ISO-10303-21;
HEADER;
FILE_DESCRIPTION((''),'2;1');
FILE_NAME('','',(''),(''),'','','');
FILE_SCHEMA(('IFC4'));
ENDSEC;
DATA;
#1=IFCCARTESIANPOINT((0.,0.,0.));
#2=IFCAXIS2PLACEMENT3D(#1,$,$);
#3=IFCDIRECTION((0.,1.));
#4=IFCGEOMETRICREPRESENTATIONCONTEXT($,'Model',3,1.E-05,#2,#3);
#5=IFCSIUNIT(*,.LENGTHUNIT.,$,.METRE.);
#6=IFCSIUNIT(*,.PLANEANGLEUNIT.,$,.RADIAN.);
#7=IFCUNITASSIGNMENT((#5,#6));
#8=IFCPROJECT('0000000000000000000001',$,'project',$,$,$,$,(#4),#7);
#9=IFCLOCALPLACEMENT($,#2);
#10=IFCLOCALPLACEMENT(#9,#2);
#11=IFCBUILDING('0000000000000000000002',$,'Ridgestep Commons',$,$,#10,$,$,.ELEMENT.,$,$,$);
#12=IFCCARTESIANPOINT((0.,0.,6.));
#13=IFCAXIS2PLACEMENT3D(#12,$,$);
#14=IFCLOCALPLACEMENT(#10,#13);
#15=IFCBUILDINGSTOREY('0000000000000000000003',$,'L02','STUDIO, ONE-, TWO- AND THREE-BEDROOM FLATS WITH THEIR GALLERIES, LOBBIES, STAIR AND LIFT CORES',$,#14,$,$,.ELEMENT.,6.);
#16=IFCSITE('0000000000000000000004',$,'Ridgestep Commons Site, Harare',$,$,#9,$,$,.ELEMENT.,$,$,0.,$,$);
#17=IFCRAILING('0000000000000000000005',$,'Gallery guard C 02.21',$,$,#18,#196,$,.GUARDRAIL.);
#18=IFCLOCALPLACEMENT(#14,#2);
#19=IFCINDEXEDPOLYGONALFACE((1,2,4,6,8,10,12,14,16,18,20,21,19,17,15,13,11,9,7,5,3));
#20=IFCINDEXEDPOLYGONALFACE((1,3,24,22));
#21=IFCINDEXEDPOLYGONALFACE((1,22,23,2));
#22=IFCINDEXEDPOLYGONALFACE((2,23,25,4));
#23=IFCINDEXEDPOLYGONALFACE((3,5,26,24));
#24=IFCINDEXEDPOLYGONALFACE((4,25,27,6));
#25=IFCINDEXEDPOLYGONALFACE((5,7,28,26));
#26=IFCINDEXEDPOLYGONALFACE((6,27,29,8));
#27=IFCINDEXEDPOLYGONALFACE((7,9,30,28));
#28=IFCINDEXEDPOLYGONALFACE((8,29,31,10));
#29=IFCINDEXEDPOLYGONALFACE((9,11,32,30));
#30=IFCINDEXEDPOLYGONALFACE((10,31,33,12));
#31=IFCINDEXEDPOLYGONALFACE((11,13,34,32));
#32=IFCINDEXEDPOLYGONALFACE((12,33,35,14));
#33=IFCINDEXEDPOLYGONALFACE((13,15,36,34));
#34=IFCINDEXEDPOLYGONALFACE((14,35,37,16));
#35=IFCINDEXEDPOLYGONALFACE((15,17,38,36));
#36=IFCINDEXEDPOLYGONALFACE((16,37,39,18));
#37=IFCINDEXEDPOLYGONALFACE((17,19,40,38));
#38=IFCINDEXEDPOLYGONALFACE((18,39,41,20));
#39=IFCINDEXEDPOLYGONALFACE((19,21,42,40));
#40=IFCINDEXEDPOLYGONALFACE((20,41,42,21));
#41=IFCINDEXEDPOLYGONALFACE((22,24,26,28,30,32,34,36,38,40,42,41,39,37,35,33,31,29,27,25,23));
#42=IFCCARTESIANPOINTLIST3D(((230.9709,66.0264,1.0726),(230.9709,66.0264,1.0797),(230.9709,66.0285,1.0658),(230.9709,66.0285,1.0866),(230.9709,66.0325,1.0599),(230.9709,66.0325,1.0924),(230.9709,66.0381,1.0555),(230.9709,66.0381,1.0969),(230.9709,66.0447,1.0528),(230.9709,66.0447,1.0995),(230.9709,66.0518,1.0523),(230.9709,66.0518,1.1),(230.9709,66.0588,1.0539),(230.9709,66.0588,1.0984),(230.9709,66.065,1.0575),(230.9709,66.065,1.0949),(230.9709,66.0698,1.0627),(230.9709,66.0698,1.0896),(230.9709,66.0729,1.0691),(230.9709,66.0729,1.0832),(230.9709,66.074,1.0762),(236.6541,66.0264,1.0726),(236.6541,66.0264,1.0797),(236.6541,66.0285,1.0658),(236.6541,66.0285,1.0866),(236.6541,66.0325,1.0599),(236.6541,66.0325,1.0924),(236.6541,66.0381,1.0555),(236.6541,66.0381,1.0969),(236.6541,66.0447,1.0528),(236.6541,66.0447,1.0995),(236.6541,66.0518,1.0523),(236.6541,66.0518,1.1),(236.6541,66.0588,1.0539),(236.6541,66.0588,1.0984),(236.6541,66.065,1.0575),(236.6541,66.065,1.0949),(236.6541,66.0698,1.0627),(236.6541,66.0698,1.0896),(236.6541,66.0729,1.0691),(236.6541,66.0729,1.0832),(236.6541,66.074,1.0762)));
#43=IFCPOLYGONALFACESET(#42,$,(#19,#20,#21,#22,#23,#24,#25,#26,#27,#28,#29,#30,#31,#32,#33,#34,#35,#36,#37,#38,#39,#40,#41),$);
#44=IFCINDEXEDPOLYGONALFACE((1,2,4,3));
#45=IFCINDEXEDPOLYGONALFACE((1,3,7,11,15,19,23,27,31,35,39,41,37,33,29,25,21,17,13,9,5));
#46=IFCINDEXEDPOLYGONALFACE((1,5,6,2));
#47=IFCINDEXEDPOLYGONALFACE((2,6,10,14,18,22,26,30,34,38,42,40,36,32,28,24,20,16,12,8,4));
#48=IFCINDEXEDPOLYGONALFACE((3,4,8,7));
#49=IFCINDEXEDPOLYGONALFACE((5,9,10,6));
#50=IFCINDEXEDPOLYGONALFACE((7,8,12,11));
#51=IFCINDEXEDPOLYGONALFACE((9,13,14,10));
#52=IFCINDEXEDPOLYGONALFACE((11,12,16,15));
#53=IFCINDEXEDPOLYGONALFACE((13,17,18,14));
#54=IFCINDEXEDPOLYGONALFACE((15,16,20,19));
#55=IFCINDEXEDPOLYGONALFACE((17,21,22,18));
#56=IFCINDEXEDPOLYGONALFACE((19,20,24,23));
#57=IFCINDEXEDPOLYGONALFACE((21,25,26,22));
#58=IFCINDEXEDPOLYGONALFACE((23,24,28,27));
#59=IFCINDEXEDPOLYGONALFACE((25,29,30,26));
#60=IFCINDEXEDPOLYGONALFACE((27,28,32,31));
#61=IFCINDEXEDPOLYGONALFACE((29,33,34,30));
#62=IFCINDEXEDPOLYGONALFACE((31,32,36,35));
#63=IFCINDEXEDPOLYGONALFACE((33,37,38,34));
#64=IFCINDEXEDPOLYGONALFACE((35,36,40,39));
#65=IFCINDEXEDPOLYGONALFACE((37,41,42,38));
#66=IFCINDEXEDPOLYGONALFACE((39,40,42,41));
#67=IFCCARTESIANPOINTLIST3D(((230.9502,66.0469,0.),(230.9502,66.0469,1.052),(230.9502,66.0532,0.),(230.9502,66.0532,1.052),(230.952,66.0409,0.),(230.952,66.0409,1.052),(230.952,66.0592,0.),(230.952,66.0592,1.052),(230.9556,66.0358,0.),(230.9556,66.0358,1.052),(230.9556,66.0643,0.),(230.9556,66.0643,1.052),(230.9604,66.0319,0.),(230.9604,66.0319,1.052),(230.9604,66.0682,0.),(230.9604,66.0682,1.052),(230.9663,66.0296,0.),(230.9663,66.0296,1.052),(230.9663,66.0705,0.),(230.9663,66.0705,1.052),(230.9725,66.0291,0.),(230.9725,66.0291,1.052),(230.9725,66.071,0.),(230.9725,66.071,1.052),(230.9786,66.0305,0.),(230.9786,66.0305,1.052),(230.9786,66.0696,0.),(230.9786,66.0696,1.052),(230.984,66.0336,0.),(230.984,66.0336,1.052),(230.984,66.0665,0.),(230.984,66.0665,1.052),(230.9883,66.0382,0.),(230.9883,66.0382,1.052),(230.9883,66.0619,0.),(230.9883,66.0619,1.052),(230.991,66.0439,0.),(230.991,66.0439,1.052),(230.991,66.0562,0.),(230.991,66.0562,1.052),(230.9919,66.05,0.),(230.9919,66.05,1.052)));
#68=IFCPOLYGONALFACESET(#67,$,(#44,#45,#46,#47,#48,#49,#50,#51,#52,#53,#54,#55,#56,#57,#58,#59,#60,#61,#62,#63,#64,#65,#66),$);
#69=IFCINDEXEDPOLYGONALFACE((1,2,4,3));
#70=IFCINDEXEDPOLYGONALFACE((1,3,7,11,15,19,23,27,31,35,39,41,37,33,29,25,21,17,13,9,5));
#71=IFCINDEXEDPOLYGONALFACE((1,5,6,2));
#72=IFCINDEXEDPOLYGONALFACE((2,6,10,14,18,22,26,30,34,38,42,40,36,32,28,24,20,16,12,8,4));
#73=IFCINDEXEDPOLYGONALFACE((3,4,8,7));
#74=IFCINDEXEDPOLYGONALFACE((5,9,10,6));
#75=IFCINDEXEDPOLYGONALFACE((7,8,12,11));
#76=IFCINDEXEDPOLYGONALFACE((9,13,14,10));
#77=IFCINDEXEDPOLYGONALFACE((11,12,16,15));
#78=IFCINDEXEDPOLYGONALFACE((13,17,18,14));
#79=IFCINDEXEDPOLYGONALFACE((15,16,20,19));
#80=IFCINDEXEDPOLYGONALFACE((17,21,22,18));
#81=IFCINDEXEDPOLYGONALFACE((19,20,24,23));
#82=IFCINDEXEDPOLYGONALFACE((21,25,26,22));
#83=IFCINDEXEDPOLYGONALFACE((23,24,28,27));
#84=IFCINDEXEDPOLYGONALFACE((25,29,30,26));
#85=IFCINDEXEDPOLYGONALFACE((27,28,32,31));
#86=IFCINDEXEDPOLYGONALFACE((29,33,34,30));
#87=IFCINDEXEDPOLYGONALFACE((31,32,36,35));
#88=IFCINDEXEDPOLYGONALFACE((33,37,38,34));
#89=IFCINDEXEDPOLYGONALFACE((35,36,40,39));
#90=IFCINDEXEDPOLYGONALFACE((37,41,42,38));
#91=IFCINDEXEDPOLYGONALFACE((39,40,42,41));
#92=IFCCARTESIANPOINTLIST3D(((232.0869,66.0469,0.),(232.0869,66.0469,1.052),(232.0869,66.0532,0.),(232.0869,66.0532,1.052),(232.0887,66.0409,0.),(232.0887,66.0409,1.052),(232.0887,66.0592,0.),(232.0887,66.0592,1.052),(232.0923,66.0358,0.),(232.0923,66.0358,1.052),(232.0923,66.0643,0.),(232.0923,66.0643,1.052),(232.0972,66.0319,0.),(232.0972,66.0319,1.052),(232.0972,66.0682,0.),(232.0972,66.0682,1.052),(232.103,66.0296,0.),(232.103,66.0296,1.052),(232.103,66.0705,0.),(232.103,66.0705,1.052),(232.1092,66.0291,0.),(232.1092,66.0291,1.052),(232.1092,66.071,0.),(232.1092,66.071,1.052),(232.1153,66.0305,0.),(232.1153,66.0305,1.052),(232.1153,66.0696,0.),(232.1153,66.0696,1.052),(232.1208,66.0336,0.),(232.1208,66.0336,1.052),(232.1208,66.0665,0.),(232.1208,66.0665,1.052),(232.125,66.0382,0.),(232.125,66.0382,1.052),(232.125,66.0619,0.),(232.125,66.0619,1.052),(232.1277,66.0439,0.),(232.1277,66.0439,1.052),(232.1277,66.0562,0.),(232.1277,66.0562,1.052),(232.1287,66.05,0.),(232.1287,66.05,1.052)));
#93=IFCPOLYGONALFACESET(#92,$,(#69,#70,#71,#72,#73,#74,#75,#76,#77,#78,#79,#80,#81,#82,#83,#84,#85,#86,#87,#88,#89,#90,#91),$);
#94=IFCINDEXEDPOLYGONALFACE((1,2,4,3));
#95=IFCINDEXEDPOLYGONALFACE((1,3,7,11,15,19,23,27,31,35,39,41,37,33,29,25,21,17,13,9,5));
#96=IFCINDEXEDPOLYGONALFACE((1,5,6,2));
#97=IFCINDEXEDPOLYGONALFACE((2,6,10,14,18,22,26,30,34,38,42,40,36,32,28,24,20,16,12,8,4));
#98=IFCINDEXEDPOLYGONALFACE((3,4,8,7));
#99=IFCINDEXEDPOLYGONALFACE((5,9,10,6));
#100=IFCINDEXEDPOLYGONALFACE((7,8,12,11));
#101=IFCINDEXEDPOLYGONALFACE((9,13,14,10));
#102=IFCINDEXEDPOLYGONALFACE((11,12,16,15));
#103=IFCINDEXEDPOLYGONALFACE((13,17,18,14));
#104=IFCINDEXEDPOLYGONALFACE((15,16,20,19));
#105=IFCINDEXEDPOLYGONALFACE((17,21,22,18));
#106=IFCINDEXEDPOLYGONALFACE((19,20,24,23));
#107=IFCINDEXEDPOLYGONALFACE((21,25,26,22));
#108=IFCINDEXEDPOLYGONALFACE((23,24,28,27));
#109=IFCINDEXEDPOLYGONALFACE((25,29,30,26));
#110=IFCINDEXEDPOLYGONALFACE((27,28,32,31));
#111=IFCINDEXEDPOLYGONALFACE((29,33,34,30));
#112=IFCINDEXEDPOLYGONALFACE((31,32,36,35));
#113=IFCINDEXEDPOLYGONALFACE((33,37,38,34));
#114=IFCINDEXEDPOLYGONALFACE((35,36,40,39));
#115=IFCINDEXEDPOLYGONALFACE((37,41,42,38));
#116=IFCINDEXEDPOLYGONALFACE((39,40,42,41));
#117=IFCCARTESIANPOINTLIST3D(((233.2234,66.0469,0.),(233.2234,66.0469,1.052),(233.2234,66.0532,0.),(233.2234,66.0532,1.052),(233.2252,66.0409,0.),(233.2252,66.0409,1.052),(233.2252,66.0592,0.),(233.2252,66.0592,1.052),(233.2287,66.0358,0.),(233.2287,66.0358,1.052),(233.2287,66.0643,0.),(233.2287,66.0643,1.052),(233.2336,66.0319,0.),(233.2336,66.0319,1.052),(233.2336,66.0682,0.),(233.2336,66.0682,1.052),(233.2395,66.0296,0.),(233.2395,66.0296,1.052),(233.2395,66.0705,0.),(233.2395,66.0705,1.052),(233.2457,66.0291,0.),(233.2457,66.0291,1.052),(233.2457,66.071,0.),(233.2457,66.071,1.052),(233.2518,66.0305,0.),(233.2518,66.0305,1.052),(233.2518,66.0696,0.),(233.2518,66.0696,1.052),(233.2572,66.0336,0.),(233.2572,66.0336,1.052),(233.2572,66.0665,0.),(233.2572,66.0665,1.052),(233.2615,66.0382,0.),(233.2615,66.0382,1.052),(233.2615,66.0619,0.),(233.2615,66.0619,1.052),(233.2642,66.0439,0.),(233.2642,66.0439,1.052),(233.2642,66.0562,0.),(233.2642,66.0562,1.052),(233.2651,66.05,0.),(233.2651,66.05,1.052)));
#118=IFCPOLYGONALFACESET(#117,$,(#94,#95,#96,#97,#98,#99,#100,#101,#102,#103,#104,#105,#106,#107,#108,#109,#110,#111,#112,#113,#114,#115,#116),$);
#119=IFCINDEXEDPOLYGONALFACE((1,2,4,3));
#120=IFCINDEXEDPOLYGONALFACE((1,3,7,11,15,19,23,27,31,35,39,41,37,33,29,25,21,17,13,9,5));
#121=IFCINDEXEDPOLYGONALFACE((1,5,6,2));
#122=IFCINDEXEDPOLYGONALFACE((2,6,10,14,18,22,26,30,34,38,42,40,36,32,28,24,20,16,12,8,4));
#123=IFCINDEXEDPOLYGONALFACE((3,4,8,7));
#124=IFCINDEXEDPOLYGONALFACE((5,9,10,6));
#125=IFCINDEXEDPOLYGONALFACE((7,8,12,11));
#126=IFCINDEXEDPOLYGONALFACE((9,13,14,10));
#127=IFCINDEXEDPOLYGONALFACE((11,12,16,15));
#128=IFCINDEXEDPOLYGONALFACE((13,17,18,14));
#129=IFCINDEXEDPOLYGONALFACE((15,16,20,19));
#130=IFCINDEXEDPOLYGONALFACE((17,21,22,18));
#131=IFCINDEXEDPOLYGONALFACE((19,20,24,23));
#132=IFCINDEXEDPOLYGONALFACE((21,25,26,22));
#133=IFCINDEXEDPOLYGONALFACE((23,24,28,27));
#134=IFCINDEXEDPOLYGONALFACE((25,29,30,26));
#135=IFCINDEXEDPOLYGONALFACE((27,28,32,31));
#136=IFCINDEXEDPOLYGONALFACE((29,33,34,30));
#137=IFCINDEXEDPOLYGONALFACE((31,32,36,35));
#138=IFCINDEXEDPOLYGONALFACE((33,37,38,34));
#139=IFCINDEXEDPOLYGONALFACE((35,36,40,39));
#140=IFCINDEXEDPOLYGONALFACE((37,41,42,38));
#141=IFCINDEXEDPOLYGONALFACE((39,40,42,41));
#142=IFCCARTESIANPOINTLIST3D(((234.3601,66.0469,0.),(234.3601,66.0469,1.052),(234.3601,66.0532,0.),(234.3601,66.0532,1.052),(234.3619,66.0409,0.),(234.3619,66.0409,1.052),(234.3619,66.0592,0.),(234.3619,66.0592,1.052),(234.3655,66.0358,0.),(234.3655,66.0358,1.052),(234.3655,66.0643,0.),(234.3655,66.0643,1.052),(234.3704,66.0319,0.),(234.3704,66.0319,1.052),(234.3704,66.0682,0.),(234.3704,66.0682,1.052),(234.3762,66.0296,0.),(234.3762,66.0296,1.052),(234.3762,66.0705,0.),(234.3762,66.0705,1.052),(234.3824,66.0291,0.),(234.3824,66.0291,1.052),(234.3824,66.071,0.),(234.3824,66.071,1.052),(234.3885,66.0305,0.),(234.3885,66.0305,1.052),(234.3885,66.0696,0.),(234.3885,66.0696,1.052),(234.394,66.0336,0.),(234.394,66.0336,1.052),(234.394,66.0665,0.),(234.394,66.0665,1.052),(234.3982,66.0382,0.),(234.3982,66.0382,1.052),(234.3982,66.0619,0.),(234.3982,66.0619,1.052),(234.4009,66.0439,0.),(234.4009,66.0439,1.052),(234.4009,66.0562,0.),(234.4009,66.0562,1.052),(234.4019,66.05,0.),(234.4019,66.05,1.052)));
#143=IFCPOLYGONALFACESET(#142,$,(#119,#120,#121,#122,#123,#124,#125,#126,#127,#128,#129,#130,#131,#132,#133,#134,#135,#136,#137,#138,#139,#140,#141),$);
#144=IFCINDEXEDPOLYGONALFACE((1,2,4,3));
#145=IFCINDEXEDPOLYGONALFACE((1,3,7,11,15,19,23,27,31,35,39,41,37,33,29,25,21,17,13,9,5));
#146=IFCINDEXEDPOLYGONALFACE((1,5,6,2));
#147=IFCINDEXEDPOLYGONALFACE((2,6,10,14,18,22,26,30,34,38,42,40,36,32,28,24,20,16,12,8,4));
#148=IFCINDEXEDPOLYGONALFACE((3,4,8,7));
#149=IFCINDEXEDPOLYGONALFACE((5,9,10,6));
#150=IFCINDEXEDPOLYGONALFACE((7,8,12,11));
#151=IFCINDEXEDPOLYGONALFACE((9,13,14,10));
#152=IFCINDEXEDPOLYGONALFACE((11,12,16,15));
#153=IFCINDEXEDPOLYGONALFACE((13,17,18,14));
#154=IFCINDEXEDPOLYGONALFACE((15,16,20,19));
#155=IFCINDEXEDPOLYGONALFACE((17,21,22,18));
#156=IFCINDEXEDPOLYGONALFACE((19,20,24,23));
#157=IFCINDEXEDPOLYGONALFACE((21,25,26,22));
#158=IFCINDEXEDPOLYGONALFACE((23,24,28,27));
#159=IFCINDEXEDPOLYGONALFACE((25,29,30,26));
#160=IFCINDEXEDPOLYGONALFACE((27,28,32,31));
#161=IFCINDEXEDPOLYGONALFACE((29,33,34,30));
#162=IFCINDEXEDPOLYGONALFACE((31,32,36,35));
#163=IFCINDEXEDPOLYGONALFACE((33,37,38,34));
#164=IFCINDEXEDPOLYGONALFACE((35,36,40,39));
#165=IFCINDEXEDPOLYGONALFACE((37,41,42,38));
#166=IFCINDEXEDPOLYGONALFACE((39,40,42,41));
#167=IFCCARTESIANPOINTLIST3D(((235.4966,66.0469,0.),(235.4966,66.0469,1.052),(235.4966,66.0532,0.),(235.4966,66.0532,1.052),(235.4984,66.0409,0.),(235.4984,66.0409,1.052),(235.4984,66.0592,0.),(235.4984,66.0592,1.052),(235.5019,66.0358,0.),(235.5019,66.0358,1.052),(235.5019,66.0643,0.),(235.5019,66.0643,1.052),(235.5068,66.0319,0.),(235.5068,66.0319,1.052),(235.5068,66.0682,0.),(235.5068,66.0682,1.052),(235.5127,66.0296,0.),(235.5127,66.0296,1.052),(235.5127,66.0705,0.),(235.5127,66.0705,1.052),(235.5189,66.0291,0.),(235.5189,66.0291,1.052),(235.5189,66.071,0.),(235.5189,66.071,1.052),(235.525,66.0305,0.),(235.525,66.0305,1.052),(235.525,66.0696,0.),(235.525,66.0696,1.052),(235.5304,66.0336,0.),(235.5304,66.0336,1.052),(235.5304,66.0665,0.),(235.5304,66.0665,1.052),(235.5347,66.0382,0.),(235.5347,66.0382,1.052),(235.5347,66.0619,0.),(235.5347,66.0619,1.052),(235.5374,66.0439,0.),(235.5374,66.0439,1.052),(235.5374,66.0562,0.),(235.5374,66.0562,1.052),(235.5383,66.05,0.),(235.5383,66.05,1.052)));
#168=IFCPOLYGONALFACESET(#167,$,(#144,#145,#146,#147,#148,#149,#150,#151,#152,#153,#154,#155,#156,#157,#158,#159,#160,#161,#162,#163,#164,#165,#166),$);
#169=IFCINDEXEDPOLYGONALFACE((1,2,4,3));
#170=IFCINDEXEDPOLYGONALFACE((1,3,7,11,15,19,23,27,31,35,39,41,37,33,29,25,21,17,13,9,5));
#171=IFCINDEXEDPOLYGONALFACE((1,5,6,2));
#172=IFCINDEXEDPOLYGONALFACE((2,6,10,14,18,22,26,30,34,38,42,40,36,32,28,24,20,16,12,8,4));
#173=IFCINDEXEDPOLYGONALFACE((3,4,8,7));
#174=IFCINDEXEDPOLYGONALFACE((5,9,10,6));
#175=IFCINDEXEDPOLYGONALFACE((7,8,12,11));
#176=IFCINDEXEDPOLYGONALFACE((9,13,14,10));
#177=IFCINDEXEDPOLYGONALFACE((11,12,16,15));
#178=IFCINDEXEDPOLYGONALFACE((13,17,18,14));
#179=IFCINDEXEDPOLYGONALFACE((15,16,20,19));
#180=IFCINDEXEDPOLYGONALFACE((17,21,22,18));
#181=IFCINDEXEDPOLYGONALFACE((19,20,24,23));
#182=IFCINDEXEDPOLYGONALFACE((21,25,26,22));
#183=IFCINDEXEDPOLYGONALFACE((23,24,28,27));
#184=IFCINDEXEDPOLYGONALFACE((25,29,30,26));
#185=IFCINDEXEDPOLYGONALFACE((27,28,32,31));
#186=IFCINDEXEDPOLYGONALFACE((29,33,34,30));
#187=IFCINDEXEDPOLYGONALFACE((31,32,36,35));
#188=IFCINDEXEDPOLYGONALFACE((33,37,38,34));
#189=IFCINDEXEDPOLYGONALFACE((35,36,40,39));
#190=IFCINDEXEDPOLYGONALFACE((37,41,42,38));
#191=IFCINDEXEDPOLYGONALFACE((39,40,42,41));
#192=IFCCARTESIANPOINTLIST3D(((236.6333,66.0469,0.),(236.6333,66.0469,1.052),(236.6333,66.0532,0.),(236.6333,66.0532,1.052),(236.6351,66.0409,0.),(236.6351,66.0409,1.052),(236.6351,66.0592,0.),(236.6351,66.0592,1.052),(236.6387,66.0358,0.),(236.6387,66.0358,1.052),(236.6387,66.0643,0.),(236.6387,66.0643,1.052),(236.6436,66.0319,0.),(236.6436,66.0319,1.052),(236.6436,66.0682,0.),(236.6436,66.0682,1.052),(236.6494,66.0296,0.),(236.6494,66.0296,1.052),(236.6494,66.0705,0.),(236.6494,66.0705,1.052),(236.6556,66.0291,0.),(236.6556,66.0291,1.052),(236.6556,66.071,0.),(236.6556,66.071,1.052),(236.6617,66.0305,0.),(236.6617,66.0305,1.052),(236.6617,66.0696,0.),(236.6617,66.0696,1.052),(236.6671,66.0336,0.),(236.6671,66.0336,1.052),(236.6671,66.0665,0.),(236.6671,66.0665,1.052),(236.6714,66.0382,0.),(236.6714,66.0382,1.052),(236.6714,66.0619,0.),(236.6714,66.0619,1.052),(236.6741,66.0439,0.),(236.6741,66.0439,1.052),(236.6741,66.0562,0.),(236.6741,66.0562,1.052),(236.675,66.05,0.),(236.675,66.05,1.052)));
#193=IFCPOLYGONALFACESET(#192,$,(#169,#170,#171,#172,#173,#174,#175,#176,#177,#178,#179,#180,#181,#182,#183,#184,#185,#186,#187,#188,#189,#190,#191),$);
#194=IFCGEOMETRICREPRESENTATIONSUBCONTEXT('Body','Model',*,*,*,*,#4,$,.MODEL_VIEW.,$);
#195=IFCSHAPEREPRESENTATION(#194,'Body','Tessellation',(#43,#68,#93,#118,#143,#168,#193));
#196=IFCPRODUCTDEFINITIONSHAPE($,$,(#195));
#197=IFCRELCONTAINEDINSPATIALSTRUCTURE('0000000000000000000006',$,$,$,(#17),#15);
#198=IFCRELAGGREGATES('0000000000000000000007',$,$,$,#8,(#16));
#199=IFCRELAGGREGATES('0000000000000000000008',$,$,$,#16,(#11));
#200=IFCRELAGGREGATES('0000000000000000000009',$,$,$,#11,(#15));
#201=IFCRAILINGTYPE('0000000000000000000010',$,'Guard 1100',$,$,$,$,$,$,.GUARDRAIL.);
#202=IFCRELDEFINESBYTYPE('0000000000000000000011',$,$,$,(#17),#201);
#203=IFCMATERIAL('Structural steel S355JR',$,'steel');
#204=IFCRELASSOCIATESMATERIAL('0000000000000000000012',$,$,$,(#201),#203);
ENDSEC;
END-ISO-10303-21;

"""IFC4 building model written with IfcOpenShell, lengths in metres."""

from ifc_helpers import new_model, si_unit, direction, frame, origin, origin_2d, place, context, subcontext, project, spatial, circle, extrude, material, type_object, element, save


model = new_model("IFC4")

# Units and contexts
model_context = context("Model", 3, precision=1e-05, world=origin(), true_north=direction((0.0, 1.0)))
body_context = subcontext(model_context, "Body", "Model", "MODEL_VIEW")
ifc_project = project(units=[si_unit("LENGTHUNIT", "METRE"), si_unit("PLANEANGLEUNIT", "RADIAN")], contexts=[model_context])

# Site, building, storey
site_placement = place(None, origin())
site = spatial("IfcSite", under=ifc_project, at=site_placement, Name="Ridgestep Commons Site, Harare", CompositionType="ELEMENT", RefElevation=0.0)
building_placement = place(site_placement, origin())
building = spatial("IfcBuilding", under=site, at=building_placement, Name="Ridgestep Commons", CompositionType="ELEMENT")
storey_placement = place(building_placement, frame((0.0, 0.0, 6.0)))
storey = spatial("IfcBuildingStorey", under=building, at=storey_placement, Name="L02", Description="STUDIO, ONE-, TWO- AND THREE-BEDROOM FLATS WITH THEIR GALLERIES, LOBBIES, STAIR AND LIFT CORES", CompositionType="ELEMENT", Elevation=6.0)

# Railing
ifc_material_1 = material(Name="Structural steel S355JR", Category="steel")
railing_type = type_object("IfcRailingType", Name="Guard 1100", PredefinedType="GUARDRAIL", material=ifc_material_1)
railing_1_placement = place(storey_placement, frame((230.9709, 66.05, 0.0)))
element("IfcRailing", 1, at=railing_1_placement, inside=storey, type_object=railing_type, Name="Gallery guard C 02.21", PredefinedType="GUARDRAIL", context=body_context, shape_type="SweptSolid", body=[
    extrude(circle(Radius=0.0239, at=origin_2d()), frame((0.0, 0.0, 1.0762), z_axis=(1.0, 0.0, 0.0), x_axis=(0.0, 1.0, 0.0)), (0.0, 0.0, 1.0), 5.6831),
    extrude(circle(Radius=0.021, at=origin_2d()), origin(), (0.0, 0.0, 1.0), 1.052),
    extrude(circle(Radius=0.021, at=origin_2d()), frame((1.1367, 0.0, 0.0)), (0.0, 0.0, 1.0), 1.052),
    extrude(circle(Radius=0.021, at=origin_2d()), frame((2.2732, 0.0, 0.0)), (0.0, 0.0, 1.0), 1.052),
    extrude(circle(Radius=0.021, at=origin_2d()), frame((3.4099, 0.0, 0.0)), (0.0, 0.0, 1.0), 1.052),
    extrude(circle(Radius=0.021, at=origin_2d()), frame((4.5464, 0.0, 0.0)), (0.0, 0.0, 1.0), 1.052),
    extrude(circle(Radius=0.021, at=origin_2d()), frame((5.6831, 0.0, 0.0)), (0.0, 0.0, 1.0), 1.052),
])

save(model, "model.ifc")
